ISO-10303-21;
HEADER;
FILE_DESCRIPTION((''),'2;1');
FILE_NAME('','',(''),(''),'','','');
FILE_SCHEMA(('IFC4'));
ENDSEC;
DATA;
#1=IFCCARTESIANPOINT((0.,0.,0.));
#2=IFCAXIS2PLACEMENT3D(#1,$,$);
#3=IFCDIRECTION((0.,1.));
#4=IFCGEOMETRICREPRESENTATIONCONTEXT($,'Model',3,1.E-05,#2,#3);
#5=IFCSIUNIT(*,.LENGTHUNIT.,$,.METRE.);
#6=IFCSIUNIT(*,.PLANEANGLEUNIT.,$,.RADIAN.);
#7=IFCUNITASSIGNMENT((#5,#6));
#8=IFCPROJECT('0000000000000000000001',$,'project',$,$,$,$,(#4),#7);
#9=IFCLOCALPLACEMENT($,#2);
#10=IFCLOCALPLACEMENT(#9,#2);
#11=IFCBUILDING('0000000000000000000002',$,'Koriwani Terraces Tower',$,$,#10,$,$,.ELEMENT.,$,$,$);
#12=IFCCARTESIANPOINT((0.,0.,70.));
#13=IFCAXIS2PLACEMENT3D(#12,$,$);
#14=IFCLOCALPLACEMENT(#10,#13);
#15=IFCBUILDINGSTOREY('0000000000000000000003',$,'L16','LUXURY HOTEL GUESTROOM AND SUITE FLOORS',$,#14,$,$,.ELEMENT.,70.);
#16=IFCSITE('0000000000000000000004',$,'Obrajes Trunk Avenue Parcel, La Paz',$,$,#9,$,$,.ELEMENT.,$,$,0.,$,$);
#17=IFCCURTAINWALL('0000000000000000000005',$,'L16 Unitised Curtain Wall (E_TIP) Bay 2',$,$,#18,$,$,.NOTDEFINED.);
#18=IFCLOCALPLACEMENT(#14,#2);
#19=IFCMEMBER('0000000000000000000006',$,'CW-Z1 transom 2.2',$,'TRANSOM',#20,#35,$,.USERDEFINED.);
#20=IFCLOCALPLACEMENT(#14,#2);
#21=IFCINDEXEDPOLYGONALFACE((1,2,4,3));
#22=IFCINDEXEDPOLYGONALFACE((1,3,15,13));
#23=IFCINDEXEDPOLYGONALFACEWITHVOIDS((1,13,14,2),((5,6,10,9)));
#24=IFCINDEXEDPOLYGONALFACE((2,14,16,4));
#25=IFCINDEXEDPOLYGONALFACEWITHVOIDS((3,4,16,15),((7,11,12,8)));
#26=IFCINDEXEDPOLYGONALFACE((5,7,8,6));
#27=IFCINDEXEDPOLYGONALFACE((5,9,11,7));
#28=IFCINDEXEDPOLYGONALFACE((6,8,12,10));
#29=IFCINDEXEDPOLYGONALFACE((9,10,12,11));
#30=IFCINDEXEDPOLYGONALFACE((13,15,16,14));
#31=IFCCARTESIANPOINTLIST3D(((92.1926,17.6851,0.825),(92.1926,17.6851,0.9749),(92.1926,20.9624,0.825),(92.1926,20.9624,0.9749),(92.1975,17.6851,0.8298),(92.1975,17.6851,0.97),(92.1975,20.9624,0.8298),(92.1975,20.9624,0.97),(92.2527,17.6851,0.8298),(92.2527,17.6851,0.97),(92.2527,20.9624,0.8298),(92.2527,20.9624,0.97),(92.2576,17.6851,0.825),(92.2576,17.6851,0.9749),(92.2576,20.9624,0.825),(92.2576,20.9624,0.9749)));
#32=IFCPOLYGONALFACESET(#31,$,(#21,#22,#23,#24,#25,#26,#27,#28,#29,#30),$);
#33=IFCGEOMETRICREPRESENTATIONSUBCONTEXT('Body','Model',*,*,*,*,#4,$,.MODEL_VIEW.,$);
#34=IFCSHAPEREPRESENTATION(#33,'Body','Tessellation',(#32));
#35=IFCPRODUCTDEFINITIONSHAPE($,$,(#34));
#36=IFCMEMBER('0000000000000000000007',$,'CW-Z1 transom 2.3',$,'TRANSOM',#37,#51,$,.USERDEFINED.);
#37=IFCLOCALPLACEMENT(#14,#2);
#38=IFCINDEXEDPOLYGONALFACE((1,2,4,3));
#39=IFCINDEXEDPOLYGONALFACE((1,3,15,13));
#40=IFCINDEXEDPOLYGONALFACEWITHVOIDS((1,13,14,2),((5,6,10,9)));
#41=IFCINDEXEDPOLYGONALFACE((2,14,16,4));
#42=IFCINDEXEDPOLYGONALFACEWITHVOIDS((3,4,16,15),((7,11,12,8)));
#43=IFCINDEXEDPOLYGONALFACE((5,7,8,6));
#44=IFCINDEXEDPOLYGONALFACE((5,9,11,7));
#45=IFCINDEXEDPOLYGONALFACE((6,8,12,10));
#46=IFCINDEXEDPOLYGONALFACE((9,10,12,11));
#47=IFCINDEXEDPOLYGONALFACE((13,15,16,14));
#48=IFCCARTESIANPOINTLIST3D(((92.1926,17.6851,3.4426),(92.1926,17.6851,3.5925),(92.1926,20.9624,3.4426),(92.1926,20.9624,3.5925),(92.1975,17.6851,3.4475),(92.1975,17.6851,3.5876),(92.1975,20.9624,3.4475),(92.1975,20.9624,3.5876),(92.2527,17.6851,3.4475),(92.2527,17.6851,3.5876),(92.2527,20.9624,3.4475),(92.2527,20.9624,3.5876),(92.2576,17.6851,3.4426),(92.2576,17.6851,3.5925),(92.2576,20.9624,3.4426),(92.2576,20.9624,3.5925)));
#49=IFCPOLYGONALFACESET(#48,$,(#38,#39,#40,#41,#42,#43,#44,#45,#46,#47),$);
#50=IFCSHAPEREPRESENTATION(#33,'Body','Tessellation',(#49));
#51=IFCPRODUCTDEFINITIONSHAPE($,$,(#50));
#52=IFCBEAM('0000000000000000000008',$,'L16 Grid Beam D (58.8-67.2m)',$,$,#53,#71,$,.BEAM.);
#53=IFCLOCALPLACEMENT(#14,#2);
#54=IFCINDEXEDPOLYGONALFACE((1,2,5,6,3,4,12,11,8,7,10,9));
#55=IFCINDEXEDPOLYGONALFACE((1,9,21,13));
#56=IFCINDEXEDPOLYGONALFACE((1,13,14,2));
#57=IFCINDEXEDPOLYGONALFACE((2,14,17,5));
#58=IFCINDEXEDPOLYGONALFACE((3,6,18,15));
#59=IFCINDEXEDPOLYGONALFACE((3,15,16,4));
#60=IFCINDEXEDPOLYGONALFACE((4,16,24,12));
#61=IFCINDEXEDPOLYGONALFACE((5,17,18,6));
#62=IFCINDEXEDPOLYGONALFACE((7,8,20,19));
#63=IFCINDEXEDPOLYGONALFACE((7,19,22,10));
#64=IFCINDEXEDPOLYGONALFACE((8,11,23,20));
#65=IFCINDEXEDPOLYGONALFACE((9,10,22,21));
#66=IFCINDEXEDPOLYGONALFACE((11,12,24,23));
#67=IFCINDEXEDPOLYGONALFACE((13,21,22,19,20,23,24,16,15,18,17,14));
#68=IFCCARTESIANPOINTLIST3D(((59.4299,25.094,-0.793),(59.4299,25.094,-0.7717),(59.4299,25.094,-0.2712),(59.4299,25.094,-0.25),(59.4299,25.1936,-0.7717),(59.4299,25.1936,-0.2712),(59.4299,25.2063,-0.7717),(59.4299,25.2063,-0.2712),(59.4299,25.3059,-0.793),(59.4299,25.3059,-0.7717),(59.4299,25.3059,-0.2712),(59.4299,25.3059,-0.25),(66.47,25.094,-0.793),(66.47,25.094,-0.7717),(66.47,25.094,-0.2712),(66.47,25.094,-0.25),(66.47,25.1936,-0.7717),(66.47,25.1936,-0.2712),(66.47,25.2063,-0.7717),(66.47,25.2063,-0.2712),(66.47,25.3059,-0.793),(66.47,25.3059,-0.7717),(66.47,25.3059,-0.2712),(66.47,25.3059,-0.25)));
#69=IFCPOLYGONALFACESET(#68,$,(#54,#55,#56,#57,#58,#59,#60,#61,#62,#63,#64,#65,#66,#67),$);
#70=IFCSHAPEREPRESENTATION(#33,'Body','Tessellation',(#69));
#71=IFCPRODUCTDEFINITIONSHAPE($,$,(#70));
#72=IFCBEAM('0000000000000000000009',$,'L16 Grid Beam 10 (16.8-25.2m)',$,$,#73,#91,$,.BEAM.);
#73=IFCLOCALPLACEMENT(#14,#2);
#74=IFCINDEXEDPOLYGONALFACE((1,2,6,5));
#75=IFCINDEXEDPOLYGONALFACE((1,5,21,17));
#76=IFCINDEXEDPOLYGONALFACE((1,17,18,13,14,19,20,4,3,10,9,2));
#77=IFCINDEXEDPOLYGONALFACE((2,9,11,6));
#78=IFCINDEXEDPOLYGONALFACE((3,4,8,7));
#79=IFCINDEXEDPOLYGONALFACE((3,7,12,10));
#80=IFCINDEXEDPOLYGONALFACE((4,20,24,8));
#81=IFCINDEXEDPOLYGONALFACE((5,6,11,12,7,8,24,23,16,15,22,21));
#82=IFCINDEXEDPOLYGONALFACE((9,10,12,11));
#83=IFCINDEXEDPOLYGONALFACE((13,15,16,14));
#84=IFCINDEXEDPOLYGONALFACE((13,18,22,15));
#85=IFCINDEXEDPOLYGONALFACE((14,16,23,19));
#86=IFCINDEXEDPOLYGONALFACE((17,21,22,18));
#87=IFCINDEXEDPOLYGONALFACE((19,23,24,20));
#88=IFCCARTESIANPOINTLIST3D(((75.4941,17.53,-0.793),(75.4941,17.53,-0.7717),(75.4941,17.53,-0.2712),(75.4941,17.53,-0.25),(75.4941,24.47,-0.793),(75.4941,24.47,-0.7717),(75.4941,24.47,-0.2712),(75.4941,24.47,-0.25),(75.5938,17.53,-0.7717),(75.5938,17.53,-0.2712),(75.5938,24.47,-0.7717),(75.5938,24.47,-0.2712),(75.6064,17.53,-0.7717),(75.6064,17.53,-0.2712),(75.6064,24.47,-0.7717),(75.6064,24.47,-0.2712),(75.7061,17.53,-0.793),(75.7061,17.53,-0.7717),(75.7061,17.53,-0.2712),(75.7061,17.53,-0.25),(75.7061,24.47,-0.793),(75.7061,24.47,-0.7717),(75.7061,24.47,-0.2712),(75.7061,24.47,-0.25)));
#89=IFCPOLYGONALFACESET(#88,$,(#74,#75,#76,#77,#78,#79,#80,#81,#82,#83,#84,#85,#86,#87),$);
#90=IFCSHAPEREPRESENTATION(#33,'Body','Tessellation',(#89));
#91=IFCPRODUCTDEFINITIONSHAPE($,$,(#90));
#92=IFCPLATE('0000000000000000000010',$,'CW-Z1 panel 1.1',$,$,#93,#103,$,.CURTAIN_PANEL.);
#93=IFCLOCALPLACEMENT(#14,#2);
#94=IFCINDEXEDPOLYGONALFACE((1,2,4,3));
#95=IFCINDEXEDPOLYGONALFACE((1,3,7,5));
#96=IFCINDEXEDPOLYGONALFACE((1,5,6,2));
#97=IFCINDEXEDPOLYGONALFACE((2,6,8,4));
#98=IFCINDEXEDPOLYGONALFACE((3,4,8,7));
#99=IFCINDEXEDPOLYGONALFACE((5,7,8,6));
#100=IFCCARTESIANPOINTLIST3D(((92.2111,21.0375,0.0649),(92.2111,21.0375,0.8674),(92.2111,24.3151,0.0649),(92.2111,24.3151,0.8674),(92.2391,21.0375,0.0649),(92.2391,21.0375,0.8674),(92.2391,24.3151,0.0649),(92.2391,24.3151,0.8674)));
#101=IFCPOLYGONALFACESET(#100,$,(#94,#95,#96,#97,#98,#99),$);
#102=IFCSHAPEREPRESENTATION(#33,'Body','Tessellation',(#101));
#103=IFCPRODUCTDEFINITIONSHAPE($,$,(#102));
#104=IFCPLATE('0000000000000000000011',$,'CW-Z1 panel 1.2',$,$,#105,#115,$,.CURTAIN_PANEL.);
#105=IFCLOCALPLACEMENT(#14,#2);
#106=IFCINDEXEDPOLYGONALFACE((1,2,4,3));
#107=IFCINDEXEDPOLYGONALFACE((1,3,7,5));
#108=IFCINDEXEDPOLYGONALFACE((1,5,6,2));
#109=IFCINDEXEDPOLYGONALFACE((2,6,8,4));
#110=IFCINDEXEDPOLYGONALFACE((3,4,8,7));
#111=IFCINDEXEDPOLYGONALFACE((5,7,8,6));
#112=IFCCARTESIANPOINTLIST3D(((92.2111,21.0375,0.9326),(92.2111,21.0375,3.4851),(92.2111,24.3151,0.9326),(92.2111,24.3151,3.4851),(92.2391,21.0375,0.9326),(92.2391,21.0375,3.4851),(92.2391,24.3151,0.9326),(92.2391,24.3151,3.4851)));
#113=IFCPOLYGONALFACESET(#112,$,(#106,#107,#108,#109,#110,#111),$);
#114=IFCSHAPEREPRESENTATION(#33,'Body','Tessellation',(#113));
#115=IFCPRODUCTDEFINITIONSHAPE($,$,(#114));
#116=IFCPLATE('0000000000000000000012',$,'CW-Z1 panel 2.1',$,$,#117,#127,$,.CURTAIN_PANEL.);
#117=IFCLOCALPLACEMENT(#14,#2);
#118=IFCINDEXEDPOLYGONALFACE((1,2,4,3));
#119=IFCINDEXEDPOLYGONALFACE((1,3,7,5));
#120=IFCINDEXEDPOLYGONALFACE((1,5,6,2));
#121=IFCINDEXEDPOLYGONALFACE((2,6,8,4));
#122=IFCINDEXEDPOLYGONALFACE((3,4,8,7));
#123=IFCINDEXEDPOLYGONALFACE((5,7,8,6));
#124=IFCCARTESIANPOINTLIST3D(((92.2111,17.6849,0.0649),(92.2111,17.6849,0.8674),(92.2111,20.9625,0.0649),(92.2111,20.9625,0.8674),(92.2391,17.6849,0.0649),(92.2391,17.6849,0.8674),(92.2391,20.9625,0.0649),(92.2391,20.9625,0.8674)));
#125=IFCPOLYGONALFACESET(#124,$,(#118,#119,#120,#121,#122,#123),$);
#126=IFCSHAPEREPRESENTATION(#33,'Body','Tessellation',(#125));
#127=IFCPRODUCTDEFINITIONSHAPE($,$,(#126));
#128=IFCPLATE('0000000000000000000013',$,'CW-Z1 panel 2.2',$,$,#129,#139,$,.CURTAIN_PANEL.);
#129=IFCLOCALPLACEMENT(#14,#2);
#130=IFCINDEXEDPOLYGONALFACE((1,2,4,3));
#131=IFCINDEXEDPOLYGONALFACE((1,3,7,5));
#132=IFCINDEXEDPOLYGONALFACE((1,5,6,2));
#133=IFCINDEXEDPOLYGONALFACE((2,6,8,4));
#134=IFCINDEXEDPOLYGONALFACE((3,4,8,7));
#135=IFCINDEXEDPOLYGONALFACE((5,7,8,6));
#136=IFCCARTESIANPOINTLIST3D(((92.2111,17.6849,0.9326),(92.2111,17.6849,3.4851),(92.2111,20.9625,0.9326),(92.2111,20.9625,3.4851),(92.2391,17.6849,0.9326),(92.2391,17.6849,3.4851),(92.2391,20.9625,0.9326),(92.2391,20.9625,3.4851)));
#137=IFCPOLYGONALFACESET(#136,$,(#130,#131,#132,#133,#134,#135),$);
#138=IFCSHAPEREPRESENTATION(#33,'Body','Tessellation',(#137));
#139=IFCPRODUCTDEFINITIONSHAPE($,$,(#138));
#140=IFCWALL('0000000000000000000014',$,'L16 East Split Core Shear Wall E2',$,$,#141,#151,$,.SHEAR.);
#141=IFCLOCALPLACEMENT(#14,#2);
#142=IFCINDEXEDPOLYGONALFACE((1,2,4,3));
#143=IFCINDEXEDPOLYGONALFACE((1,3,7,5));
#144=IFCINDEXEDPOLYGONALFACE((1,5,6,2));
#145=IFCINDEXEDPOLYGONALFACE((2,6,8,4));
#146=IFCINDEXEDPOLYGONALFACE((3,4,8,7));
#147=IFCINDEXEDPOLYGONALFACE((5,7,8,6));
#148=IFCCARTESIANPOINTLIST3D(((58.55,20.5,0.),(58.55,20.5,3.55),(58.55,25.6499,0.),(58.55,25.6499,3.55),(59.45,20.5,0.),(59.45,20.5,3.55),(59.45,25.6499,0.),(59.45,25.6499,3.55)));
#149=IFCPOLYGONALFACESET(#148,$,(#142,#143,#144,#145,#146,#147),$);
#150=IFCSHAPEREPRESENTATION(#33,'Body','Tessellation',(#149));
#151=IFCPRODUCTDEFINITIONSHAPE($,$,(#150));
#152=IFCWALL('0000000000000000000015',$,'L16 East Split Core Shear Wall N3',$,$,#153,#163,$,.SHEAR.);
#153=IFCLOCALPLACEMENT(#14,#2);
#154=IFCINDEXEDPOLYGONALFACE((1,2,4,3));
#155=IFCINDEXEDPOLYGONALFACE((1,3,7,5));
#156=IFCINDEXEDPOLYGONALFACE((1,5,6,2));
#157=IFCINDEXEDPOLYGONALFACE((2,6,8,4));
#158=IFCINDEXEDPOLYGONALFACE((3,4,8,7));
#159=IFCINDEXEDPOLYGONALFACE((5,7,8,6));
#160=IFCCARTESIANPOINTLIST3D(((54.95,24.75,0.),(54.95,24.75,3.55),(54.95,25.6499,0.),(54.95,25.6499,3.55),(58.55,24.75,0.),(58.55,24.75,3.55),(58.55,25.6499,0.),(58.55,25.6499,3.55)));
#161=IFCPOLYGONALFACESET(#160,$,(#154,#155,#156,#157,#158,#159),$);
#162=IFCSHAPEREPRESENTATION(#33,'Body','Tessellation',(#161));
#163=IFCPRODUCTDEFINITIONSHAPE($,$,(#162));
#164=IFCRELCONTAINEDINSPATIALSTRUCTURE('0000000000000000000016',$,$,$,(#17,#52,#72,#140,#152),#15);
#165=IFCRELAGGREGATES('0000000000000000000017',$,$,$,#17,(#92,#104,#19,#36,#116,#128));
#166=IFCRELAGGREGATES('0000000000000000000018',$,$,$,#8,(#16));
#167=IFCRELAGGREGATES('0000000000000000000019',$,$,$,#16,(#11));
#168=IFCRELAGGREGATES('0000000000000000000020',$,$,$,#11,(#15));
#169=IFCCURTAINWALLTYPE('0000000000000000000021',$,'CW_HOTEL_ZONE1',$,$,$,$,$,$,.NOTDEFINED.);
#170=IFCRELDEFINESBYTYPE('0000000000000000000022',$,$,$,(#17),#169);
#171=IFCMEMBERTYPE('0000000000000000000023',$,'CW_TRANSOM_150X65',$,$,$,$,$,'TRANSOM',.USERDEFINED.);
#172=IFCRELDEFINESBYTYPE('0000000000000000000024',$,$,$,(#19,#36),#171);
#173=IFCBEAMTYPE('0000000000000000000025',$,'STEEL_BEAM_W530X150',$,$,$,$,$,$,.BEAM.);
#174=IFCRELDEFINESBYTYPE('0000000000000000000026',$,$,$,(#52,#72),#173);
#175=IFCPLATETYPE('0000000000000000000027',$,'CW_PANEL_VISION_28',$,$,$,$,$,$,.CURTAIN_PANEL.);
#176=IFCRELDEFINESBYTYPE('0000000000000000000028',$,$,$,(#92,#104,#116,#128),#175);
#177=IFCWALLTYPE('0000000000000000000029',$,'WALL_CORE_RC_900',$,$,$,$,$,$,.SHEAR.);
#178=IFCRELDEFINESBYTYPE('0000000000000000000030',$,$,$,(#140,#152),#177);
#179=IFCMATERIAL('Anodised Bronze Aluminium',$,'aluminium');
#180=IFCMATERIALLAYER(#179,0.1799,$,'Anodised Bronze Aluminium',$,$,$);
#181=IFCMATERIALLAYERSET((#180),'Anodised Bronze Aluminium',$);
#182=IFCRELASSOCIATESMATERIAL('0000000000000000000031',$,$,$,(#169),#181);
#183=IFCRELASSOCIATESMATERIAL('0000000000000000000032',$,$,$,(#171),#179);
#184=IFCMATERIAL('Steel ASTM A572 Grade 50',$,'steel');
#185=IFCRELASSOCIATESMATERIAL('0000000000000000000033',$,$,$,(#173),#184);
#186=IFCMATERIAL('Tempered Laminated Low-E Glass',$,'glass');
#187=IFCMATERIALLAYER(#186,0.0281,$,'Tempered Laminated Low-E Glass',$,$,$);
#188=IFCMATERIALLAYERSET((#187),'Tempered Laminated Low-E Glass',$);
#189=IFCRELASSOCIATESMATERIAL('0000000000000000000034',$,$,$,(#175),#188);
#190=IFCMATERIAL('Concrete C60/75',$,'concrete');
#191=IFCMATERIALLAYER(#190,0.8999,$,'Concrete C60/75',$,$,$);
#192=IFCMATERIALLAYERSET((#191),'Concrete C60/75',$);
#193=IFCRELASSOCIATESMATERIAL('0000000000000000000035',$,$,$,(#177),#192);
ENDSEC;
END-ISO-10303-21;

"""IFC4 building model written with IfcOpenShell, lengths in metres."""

from ifc_helpers import new_model, si_unit, direction, frame, frame_2d, origin, origin_2d, place, context, subcontext, project, spatial, rectangle, hollow_rectangle, i_section, extrude, material, layer, layer_set, material_profile, profile_set, type_object, element, aggregate, save


model = new_model("IFC4")

# Units and contexts
model_context = context("Model", 3, precision=1e-05, world=origin(), true_north=direction((0.0, 1.0)))
body_context = subcontext(model_context, "Body", "Model", "MODEL_VIEW")
ifc_project = project(units=[si_unit("LENGTHUNIT", "METRE"), si_unit("PLANEANGLEUNIT", "RADIAN")], contexts=[model_context])

# Site, building, storey
site_placement = place(None, origin())
site = spatial("IfcSite", under=ifc_project, at=site_placement, Name="Obrajes Trunk Avenue Parcel, La Paz", CompositionType="ELEMENT", RefElevation=0.0)
building_placement = place(site_placement, origin())
building = spatial("IfcBuilding", under=site, at=building_placement, Name="Koriwani Terraces Tower", CompositionType="ELEMENT")
storey_placement = place(building_placement, frame((0.0, 0.0, 70.0)))
storey = spatial("IfcBuildingStorey", under=building, at=storey_placement, Name="L16", Description="LUXURY HOTEL GUESTROOM AND SUITE FLOORS", CompositionType="ELEMENT", Elevation=70.0)

# Shared definitions
ifc_material_1 = material(Name="Concrete C60/75", Category="concrete")

# Curtain wall, members
ifc_material_2 = material(Name="Anodised Bronze Aluminium", Category="aluminium")
ifc_layer_1 = layer(ifc_material_2, 0.1799, Name="Anodised Bronze Aluminium")
ifc_layer_set_1 = layer_set([ifc_layer_1], Name="Anodised Bronze Aluminium")
curtain_wall_type = type_object("IfcCurtainWallType", Name="CW_HOTEL_ZONE1", PredefinedType="NOTDEFINED", material=ifc_layer_set_1)
curtain_wall_placement = place(storey_placement, origin())
curtain_wall = element("IfcCurtainWall", 1, at=curtain_wall_placement, inside=storey, type_object=curtain_wall_type, Name="L16 Unitised Curtain Wall (E_TIP) Bay 2", PredefinedType="NOTDEFINED")
ifc_material_profile_1 = material_profile(ifc_material_2, hollow_rectangle(XDim=0.0649, YDim=0.1499, WallThickness=0.0049, at=origin_2d()), Name="Anodised Bronze Aluminium", Category="LoadBearing")
ifc_profile_set_1 = profile_set([ifc_material_profile_1], Name="Anodised Bronze Aluminium")
member_type_1 = type_object("IfcMemberType", Name="CW_TRANSOM_150X65", ElementType="TRANSOM", PredefinedType="USERDEFINED", material=ifc_profile_set_1)
member_1_placement = place(storey_placement, frame((92.2251, 20.9624, 0.8999), z_axis=(0.0, -1.0, 0.0), x_axis=(1.0, 0.0, 0.0)))
member_1 = element("IfcMember", 2, at=member_1_placement, type_object=member_type_1, Name="CW-Z1 transom 2.2", ObjectType="TRANSOM", PredefinedType="USERDEFINED", context=body_context, shape_type="SweptSolid", body=[
    extrude(hollow_rectangle(XDim=0.0649, YDim=0.1499, WallThickness=0.0049, at=origin_2d()), origin(), (0.0, 0.0, 1.0), 3.2773),
])
member_2_placement = place(storey_placement, frame((92.2251, 20.9624, 3.5176), z_axis=(0.0, -1.0, 0.0), x_axis=(1.0, 0.0, 0.0)))
member_2 = element("IfcMember", 3, at=member_2_placement, type_object=member_type_1, Name="CW-Z1 transom 2.3", ObjectType="TRANSOM", PredefinedType="USERDEFINED", context=body_context, shape_type="SweptSolid", body=[
    extrude(hollow_rectangle(XDim=0.0649, YDim=0.1499, WallThickness=0.0049, at=origin_2d()), origin(), (0.0, 0.0, 1.0), 3.2773),
])

# Beams
ifc_material_3 = material(Name="Steel ASTM A572 Grade 50", Category="steel")
ifc_material_profile_2 = material_profile(ifc_material_3, i_section(OverallWidth=0.2119, OverallDepth=0.543, WebThickness=0.0127, FlangeThickness=0.0212, at=origin_2d()), Name="Steel ASTM A572 Grade 50", Category="LoadBearing")
ifc_profile_set_2 = profile_set([ifc_material_profile_2], Name="Steel ASTM A572 Grade 50")
beam_type_1 = type_object("IfcBeamType", Name="STEEL_BEAM_W530X150", PredefinedType="BEAM", material=ifc_profile_set_2)
beam_1_placement = place(storey_placement, frame((59.4299, 25.2, -0.5215), z_axis=(1.0, 0.0, 0.0), x_axis=(0.0, 1.0, 0.0)))
element("IfcBeam", 4, at=beam_1_placement, inside=storey, type_object=beam_type_1, Name="L16 Grid Beam D (58.8-67.2m)", PredefinedType="BEAM", context=body_context, shape_type="SweptSolid", body=[
    extrude(i_section(OverallWidth=0.2119, OverallDepth=0.543, WebThickness=0.0127, FlangeThickness=0.0212, at=origin_2d()), origin(), (0.0, 0.0, 1.0), 7.04),
])
beam_2_placement = place(storey_placement, frame((75.6001, 17.53, -0.5215), z_axis=(0.0, 1.0, 0.0), x_axis=(-1.0, 0.0, 0.0)))
element("IfcBeam", 5, at=beam_2_placement, inside=storey, type_object=beam_type_1, Name="L16 Grid Beam 10 (16.8-25.2m)", PredefinedType="BEAM", context=body_context, shape_type="SweptSolid", body=[
    extrude(i_section(OverallWidth=0.2119, OverallDepth=0.543, WebThickness=0.0127, FlangeThickness=0.0212, at=origin_2d()), origin(), (0.0, 0.0, 1.0), 6.9399),
])

# Plates
ifc_material_4 = material(Name="Tempered Laminated Low-E Glass", Category="glass")
ifc_layer_2 = layer(ifc_material_4, 0.0281, Name="Tempered Laminated Low-E Glass")
ifc_layer_set_2 = layer_set([ifc_layer_2], Name="Tempered Laminated Low-E Glass")
plate_type = type_object("IfcPlateType", Name="CW_PANEL_VISION_28", PredefinedType="CURTAIN_PANEL", material=ifc_layer_set_2)
plate_1_placement = place(storey_placement, frame((92.2251, 22.6763, 0.0649), z_axis=(0.0, 0.0, 1.0), x_axis=(0.0, -1.0, 0.0)))
plate_1 = element("IfcPlate", 6, at=plate_1_placement, type_object=plate_type, Name="CW-Z1 panel 1.1", PredefinedType="CURTAIN_PANEL", context=body_context, shape_type="SweptSolid", body=[
    extrude(rectangle(XDim=3.2776, YDim=0.0281, at=origin_2d()), origin(), (0.0, 0.0, 1.0), 0.8025),
])
plate_2_placement = place(storey_placement, frame((92.2251, 22.6763, 0.9326), z_axis=(0.0, 0.0, 1.0), x_axis=(0.0, -1.0, 0.0)))
plate_2 = element("IfcPlate", 7, at=plate_2_placement, type_object=plate_type, Name="CW-Z1 panel 1.2", PredefinedType="CURTAIN_PANEL", context=body_context, shape_type="SweptSolid", body=[
    extrude(rectangle(XDim=3.2776, YDim=0.0281, at=origin_2d()), origin(), (0.0, 0.0, 1.0), 2.5525),
])
plate_3_placement = place(storey_placement, frame((92.2251, 19.3237, 0.0649), z_axis=(0.0, 0.0, 1.0), x_axis=(0.0, -1.0, 0.0)))
plate_3 = element("IfcPlate", 8, at=plate_3_placement, type_object=plate_type, Name="CW-Z1 panel 2.1", PredefinedType="CURTAIN_PANEL", context=body_context, shape_type="SweptSolid", body=[
    extrude(rectangle(XDim=3.2776, YDim=0.0281, at=origin_2d()), origin(), (0.0, 0.0, 1.0), 0.8025),
])
plate_4_placement = place(storey_placement, frame((92.2251, 19.3237, 0.9326), z_axis=(0.0, 0.0, 1.0), x_axis=(0.0, -1.0, 0.0)))
plate_4 = element("IfcPlate", 9, at=plate_4_placement, type_object=plate_type, Name="CW-Z1 panel 2.2", PredefinedType="CURTAIN_PANEL", context=body_context, shape_type="SweptSolid", body=[
    extrude(rectangle(XDim=3.2776, YDim=0.0281, at=origin_2d()), origin(), (0.0, 0.0, 1.0), 2.5525),
])
aggregate(curtain_wall, [plate_1, plate_2, member_1, member_2, plate_3, plate_4])

# Walls
ifc_layer_3 = layer(ifc_material_1, 0.8999, Name="Concrete C60/75")
ifc_layer_set_3 = layer_set([ifc_layer_3], Name="Concrete C60/75")
wall_type_1 = type_object("IfcWallType", Name="WALL_CORE_RC_900", PredefinedType="SHEAR", material=ifc_layer_set_3)
wall_1_placement = place(storey_placement, frame((59.0, 20.5, 0.0), z_axis=(0.0, 0.0, 1.0), x_axis=(0.0, 1.0, 0.0)))
element("IfcWall", 10, at=wall_1_placement, inside=storey, type_object=wall_type_1, Name="L16 East Split Core Shear Wall E2", PredefinedType="SHEAR", context=body_context, shape_type="SweptSolid", body=[
    extrude(rectangle(XDim=5.1499, YDim=0.8999, at=frame_2d((2.575, 0.0))), origin(), (0.0, 0.0, 1.0), 3.55),
])
wall_2_placement = place(storey_placement, frame((54.95, 25.2, 0.0), z_axis=(0.0, 0.0, 1.0), x_axis=(1.0, 0.0, 0.0)))
element("IfcWall", 11, at=wall_2_placement, inside=storey, type_object=wall_type_1, Name="L16 East Split Core Shear Wall N3", PredefinedType="SHEAR", context=body_context, shape_type="SweptSolid", body=[
    extrude(rectangle(XDim=3.6001, YDim=0.8999, at=frame_2d((1.8, 0.0))), origin(), (0.0, 0.0, 1.0), 3.55),
])

save(model, "model.ifc")
